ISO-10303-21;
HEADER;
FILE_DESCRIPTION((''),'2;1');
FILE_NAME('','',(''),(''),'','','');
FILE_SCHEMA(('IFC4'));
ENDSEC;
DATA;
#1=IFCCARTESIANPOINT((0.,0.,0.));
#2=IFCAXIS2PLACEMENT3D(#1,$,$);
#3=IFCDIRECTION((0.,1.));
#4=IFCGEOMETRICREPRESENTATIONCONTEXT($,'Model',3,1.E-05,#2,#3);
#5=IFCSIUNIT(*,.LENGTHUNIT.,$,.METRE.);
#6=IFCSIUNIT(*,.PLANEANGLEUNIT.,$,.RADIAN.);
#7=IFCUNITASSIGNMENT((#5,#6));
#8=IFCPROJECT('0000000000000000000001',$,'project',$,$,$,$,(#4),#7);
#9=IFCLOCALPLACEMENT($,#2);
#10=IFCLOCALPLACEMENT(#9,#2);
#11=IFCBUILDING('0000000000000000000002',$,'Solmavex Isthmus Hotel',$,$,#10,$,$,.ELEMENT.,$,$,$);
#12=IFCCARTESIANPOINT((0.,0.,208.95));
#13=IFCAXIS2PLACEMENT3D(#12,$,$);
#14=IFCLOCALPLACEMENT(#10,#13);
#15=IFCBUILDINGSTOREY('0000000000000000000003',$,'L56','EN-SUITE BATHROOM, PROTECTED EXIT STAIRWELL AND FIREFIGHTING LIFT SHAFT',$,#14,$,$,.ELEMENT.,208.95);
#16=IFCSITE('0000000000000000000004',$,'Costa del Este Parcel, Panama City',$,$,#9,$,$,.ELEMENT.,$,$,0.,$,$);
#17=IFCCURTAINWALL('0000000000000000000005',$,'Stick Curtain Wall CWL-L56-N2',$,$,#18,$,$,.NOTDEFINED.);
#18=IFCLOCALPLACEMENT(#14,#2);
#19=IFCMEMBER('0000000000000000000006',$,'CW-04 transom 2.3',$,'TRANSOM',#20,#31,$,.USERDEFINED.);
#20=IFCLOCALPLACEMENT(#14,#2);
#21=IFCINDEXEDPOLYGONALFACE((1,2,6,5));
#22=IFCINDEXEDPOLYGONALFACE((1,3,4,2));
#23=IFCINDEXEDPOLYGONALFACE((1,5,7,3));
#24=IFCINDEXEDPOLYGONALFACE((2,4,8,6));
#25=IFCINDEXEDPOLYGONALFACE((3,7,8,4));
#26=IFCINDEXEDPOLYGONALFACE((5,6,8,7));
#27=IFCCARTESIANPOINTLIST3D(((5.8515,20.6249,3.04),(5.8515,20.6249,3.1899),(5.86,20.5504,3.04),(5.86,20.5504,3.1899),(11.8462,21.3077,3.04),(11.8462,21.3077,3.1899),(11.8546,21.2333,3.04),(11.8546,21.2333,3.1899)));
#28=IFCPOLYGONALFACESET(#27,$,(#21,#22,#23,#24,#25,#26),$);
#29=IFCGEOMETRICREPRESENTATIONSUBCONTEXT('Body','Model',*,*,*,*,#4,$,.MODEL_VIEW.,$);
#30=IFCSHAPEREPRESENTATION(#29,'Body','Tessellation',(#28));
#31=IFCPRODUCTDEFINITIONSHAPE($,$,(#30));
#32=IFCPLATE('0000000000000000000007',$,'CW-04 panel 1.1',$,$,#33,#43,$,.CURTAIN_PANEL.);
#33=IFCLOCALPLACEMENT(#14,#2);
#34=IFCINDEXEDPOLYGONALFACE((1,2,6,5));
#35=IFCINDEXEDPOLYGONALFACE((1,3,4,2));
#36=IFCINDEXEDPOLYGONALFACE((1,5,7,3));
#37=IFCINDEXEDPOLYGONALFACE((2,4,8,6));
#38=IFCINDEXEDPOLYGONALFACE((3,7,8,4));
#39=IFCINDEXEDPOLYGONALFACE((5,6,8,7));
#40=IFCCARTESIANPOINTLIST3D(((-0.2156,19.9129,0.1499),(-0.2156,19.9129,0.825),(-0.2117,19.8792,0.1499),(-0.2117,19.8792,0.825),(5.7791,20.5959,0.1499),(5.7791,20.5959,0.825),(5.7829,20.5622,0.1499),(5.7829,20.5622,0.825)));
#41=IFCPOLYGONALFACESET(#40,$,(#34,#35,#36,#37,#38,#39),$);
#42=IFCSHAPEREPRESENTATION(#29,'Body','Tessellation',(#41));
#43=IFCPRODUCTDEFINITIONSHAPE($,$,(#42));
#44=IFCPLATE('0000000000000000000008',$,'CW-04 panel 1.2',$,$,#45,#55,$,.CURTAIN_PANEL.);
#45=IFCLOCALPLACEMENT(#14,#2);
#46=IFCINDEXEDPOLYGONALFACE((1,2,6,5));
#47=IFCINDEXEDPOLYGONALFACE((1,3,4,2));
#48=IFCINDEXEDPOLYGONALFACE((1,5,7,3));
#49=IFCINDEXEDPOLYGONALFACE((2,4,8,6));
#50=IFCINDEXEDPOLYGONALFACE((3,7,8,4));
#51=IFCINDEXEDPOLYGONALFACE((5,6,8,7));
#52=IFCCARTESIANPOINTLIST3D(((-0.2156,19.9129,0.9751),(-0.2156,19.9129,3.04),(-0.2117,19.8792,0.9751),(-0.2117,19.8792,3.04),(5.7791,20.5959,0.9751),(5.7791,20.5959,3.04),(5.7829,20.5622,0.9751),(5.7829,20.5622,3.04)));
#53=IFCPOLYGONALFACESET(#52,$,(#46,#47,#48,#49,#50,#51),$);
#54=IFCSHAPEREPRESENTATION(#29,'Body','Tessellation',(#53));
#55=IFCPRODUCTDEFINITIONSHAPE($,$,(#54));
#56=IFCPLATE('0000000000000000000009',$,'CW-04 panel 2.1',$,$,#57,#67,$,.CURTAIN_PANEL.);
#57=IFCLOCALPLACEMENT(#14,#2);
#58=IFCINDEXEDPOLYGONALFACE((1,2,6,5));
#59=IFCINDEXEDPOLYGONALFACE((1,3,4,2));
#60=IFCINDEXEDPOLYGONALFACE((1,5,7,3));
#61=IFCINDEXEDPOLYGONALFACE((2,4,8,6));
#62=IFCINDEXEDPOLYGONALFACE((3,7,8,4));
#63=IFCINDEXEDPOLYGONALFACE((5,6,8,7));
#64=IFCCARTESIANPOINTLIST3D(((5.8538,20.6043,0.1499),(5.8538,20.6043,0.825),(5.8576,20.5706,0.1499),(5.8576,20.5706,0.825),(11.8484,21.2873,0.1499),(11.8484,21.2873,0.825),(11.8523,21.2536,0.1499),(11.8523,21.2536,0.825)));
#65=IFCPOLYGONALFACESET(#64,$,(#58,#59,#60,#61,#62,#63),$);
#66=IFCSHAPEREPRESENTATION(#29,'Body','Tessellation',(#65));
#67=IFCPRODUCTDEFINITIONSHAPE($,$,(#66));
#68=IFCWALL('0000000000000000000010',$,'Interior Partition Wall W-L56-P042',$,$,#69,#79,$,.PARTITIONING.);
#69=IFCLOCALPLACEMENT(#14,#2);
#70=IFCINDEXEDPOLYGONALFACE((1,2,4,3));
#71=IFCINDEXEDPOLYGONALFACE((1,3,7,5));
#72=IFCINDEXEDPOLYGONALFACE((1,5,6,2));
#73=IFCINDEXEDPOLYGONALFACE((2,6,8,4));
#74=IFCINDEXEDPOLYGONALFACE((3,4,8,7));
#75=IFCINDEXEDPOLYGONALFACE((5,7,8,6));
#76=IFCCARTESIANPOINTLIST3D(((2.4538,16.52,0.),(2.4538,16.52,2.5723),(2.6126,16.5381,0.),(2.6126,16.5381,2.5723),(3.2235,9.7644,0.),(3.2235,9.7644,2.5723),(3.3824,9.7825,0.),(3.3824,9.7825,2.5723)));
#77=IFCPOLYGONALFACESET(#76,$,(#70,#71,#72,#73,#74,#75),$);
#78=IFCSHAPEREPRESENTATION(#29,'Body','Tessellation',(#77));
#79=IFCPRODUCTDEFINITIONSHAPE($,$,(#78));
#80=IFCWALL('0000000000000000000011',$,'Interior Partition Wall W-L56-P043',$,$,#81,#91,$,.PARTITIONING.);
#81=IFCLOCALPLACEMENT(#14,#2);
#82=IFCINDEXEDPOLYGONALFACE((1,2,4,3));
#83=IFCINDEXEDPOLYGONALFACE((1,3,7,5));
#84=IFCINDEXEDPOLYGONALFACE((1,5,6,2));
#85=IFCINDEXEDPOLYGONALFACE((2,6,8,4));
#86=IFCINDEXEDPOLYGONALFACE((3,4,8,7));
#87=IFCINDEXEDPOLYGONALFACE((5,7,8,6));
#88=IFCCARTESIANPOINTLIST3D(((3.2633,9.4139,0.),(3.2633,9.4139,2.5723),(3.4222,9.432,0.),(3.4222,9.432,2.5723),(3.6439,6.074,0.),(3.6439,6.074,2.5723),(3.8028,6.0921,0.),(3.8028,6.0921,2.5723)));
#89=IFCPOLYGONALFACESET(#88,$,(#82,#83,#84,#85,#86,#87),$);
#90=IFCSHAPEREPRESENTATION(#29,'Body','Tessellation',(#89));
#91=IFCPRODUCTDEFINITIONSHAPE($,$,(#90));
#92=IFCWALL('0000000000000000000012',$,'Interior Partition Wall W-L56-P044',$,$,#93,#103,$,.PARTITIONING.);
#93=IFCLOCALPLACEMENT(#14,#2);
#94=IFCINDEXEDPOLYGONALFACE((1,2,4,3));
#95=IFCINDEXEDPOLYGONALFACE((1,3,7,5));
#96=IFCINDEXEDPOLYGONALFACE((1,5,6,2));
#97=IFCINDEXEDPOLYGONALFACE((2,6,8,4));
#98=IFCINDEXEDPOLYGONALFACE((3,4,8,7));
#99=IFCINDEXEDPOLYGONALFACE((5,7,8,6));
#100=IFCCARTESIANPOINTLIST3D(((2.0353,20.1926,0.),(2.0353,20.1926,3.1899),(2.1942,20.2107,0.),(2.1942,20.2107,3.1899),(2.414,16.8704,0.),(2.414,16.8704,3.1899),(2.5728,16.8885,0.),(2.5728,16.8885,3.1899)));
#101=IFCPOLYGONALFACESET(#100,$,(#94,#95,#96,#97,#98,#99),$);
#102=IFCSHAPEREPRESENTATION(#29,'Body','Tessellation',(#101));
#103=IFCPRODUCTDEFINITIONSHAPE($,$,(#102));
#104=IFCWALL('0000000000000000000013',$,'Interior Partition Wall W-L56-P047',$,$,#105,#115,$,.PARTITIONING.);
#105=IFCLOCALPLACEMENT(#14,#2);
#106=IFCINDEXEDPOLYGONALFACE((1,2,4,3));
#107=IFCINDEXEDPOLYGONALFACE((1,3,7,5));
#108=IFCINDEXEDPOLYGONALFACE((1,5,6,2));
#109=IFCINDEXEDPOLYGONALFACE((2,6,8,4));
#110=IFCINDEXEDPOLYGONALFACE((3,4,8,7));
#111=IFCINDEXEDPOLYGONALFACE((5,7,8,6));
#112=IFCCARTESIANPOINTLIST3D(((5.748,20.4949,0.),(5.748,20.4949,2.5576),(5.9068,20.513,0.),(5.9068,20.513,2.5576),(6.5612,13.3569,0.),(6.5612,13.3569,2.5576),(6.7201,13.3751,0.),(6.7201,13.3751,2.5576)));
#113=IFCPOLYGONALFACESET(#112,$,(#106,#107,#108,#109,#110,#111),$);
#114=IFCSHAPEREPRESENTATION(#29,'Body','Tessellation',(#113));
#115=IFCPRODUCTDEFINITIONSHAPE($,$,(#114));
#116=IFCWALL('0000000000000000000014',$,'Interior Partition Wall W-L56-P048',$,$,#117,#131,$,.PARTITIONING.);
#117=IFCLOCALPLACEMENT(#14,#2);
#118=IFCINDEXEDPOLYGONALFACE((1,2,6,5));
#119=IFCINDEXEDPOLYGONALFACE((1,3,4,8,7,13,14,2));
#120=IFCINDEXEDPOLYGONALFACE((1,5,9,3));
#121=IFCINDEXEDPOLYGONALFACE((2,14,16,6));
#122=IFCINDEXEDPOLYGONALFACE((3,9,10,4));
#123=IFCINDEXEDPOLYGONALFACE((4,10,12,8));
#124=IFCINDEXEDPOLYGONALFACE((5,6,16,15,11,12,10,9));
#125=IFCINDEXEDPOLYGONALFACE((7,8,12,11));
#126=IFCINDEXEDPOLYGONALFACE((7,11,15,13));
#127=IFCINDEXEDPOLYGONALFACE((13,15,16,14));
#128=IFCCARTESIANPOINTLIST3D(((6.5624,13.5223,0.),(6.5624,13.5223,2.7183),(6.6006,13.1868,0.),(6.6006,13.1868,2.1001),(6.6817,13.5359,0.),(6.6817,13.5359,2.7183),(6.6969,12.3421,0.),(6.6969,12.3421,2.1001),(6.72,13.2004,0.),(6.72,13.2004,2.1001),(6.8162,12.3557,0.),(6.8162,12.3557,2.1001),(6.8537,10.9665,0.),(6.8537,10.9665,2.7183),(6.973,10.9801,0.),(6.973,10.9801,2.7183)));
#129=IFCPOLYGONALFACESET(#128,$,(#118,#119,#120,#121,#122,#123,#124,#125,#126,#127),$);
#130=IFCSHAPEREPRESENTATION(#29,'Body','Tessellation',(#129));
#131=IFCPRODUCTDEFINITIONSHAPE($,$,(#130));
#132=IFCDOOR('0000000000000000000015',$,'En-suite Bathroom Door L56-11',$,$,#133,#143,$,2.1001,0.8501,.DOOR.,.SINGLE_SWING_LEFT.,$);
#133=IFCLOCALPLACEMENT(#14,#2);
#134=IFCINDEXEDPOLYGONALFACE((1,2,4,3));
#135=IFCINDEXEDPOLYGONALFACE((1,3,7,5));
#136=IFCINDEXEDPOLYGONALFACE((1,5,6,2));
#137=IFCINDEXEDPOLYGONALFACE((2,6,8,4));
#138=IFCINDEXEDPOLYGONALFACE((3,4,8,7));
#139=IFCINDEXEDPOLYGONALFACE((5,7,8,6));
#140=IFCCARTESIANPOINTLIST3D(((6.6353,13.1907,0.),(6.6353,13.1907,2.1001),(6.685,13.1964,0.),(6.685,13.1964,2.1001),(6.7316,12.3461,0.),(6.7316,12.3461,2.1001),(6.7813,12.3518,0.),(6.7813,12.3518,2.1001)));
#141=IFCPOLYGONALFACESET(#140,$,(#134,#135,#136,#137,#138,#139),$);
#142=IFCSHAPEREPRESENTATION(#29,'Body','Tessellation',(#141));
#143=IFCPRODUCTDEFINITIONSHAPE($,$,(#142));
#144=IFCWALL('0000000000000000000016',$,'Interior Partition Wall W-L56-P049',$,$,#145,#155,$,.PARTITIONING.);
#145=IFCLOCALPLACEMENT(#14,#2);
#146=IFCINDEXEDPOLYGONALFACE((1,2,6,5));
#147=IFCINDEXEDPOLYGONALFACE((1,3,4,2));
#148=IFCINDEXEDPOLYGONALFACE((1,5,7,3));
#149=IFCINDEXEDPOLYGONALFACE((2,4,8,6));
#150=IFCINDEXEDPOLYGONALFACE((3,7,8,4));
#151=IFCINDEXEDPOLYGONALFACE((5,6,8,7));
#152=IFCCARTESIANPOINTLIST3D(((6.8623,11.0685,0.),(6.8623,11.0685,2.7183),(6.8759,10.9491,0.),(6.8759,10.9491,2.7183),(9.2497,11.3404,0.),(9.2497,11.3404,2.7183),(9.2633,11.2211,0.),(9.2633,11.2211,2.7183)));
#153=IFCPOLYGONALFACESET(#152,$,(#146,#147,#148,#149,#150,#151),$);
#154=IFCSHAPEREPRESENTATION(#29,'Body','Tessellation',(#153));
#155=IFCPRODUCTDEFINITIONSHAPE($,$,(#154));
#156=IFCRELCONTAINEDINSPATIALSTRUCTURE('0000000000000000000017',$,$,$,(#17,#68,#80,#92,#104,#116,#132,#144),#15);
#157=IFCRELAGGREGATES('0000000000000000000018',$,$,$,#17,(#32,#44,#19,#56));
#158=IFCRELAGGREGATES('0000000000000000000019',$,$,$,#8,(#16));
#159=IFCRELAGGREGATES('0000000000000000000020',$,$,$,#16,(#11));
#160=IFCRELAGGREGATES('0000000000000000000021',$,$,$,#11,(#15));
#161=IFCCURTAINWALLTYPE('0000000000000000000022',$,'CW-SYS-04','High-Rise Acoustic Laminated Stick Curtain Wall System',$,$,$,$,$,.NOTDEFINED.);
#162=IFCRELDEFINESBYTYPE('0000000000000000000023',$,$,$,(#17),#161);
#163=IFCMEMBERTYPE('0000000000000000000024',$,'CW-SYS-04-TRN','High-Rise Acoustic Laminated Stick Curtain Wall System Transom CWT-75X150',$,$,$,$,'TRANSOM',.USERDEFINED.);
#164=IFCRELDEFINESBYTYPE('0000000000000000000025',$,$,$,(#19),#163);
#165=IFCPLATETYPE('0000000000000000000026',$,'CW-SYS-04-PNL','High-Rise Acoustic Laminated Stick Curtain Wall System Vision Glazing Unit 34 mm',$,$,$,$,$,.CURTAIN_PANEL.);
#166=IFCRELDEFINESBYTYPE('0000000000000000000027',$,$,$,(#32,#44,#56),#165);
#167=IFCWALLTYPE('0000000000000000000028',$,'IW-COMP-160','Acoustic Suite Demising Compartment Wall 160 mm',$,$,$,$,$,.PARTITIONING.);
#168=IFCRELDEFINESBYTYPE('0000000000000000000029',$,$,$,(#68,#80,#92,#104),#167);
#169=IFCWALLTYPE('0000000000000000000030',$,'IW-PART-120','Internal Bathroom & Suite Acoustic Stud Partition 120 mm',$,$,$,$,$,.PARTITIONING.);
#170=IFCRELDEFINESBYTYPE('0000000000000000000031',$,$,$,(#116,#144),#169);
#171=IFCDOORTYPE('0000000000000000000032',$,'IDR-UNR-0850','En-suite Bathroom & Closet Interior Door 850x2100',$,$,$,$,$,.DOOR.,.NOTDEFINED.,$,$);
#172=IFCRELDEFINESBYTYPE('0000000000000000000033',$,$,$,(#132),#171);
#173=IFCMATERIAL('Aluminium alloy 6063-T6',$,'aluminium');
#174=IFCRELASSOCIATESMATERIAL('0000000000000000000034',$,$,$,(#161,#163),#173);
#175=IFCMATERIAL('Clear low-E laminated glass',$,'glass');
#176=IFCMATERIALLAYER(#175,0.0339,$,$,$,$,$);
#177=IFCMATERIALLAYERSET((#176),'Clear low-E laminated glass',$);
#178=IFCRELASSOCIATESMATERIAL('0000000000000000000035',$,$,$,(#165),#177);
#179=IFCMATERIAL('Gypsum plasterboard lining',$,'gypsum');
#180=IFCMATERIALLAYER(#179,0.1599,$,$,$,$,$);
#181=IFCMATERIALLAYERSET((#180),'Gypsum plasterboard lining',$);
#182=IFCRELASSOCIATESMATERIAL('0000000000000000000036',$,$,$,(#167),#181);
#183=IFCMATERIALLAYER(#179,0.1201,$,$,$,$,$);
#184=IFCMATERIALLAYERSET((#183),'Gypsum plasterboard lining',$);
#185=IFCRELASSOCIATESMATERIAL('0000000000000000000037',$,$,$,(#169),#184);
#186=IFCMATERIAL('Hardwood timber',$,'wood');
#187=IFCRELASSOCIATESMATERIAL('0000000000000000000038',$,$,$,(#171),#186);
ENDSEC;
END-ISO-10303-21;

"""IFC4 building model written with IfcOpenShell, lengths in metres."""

from ifc_helpers import new_model, si_unit, direction, frame, frame_2d, origin, origin_2d, place, context, subcontext, project, spatial, rectangle, extrude, material, layer, layer_set, material_profile, profile_set, type_object, element, fill, aggregate, save


model = new_model("IFC4")

# Units and contexts
model_context = context("Model", 3, precision=1e-05, world=origin(), true_north=direction((0.0, 1.0)))
body_context = subcontext(model_context, "Body", "Model", "MODEL_VIEW")
ifc_project = project(units=[si_unit("LENGTHUNIT", "METRE"), si_unit("PLANEANGLEUNIT", "RADIAN")], contexts=[model_context])

# Site, building, storey
site_placement = place(None, origin())
site = spatial("IfcSite", under=ifc_project, at=site_placement, Name="Costa del Este Parcel, Panama City", CompositionType="ELEMENT", RefElevation=0.0)
building_placement = place(site_placement, origin())
building = spatial("IfcBuilding", under=site, at=building_placement, Name="Solmavex Isthmus Hotel", CompositionType="ELEMENT")
storey_placement = place(building_placement, frame((0.0, 0.0, 208.95)))
storey = spatial("IfcBuildingStorey", under=building, at=storey_placement, Name="L56", Description="EN-SUITE BATHROOM, PROTECTED EXIT STAIRWELL AND FIREFIGHTING LIFT SHAFT", CompositionType="ELEMENT", Elevation=208.95)

# Curtain wall, member, plates
ifc_material_1 = material(Name="Aluminium alloy 6063-T6", Category="aluminium")
curtain_wall_type = type_object("IfcCurtainWallType", Name="CW-SYS-04", Description="High-Rise Acoustic Laminated Stick Curtain Wall System", PredefinedType="NOTDEFINED", material=ifc_material_1)
curtain_wall_placement = place(storey_placement, origin())
curtain_wall = element("IfcCurtainWall", 1, at=curtain_wall_placement, inside=storey, type_object=curtain_wall_type, Name="Stick Curtain Wall CWL-L56-N2", PredefinedType="NOTDEFINED")
ifc_material_profile_1 = material_profile(ifc_material_1, rectangle(XDim=0.075, YDim=0.1499, at=origin_2d()), Name="CWT-75X150")
ifc_profile_set_1 = profile_set([ifc_material_profile_1], Name="Aluminium alloy 6063-T6")
member_type_1 = type_object("IfcMemberType", Name="CW-SYS-04-TRN", Description="High-Rise Acoustic Laminated Stick Curtain Wall System Transom CWT-75X150", ElementType="TRANSOM", PredefinedType="USERDEFINED", material=ifc_profile_set_1)
member_1_placement = place(storey_placement, frame((5.8557, 20.5876, 3.115), z_axis=(0.993574, 0.11318, 0.0), x_axis=(-0.11318, 0.993574, 0.0)))
member_1 = element("IfcMember", 2, at=member_1_placement, type_object=member_type_1, Name="CW-04 transom 2.3", ObjectType="TRANSOM", PredefinedType="USERDEFINED", context=body_context, shape_type="SweptSolid", body=[
    extrude(rectangle(XDim=0.075, YDim=0.1499, at=origin_2d()), origin(), (0.0, 0.0, 1.0), 6.0334),
])
ifc_material_2 = material(Name="Clear low-E laminated glass", Category="glass")
ifc_layer_1 = layer(ifc_material_2, 0.0339)
ifc_layer_set_1 = layer_set([ifc_layer_1], Name="Clear low-E laminated glass")
plate_type = type_object("IfcPlateType", Name="CW-SYS-04-PNL", Description="High-Rise Acoustic Laminated Stick Curtain Wall System Vision Glazing Unit 34 mm", PredefinedType="CURTAIN_PANEL", material=ifc_layer_set_1)
plate_1_placement = place(storey_placement, frame((2.7837, 20.2375, 0.1499), z_axis=(0.0, 0.0, 1.0), x_axis=(0.993572, 0.113203, 0.0)))
plate_1 = element("IfcPlate", 3, at=plate_1_placement, type_object=plate_type, Name="CW-04 panel 1.1", PredefinedType="CURTAIN_PANEL", context=body_context, shape_type="SweptSolid", body=[
    extrude(rectangle(XDim=6.0334, YDim=0.0339, at=origin_2d()), origin(), (0.0, 0.0, 1.0), 0.675),
])
plate_2_placement = place(storey_placement, frame((2.7837, 20.2375, 0.9751), z_axis=(0.0, 0.0, 1.0), x_axis=(0.993572, 0.113203, 0.0)))
plate_2 = element("IfcPlate", 4, at=plate_2_placement, type_object=plate_type, Name="CW-04 panel 1.2", PredefinedType="CURTAIN_PANEL", context=body_context, shape_type="SweptSolid", body=[
    extrude(rectangle(XDim=6.0334, YDim=0.0339, at=origin_2d()), origin(), (0.0, 0.0, 1.0), 2.0649),
])
plate_3_placement = place(storey_placement, frame((8.853, 20.929, 0.1499), z_axis=(0.0, 0.0, 1.0), x_axis=(0.993572, 0.113203, 0.0)))
plate_3 = element("IfcPlate", 5, at=plate_3_placement, type_object=plate_type, Name="CW-04 panel 2.1", PredefinedType="CURTAIN_PANEL", context=body_context, shape_type="SweptSolid", body=[
    extrude(rectangle(XDim=6.0334, YDim=0.0339, at=origin_2d()), origin(), (0.0, 0.0, 1.0), 0.675),
])
aggregate(curtain_wall, [plate_1, plate_2, member_1, plate_3])

# Walls
ifc_material_3 = material(Name="Gypsum plasterboard lining", Category="gypsum")
ifc_layer_2 = layer(ifc_material_3, 0.1599)
ifc_layer_set_2 = layer_set([ifc_layer_2], Name="Gypsum plasterboard lining")
wall_type_1 = type_object("IfcWallType", Name="IW-COMP-160", Description="Acoustic Suite Demising Compartment Wall 160 mm", PredefinedType="PARTITIONING", material=ifc_layer_set_2)
wall_1_placement = place(storey_placement, frame((2.5332, 16.5291, 0.0), z_axis=(0.0, 0.0, 1.0), x_axis=(0.113213, -0.993571, 0.0)))
element("IfcWall", 6, at=wall_1_placement, inside=storey, type_object=wall_type_1, Name="Interior Partition Wall W-L56-P042", PredefinedType="PARTITIONING", context=body_context, shape_type="SweptSolid", body=[
    extrude(rectangle(XDim=6.7993, YDim=0.1599, at=frame_2d((3.3997, 0.0))), origin(), (0.0, 0.0, 1.0), 2.5723),
])
wall_2_placement = place(storey_placement, frame((3.3428, 9.4229, 0.0), z_axis=(0.0, 0.0, 1.0), x_axis=(0.113229, -0.993569, 0.0)))
element("IfcWall", 7, at=wall_2_placement, inside=storey, type_object=wall_type_1, Name="Interior Partition Wall W-L56-P043", PredefinedType="PARTITIONING", context=body_context, shape_type="SweptSolid", body=[
    extrude(rectangle(XDim=3.3616, YDim=0.1599, at=frame_2d((1.6807, 0.0))), origin(), (0.0, 0.0, 1.0), 2.5723),
])
wall_3_placement = place(storey_placement, frame((2.1147, 20.2017, 0.0), z_axis=(0.0, 0.0, 1.0), x_axis=(0.113244, -0.993567, 0.0)))
element("IfcWall", 8, at=wall_3_placement, inside=storey, type_object=wall_type_1, Name="Interior Partition Wall W-L56-P044", PredefinedType="PARTITIONING", context=body_context, shape_type="SweptSolid", body=[
    extrude(rectangle(XDim=3.3438, YDim=0.1599, at=frame_2d((1.6719, 0.0))), origin(), (0.0, 0.0, 1.0), 3.1899),
])

# Shared definitions
ifc_material_4 = material(Name="Hardwood timber", Category="wood")

# Wall
wall_4_placement = place(storey_placement, frame((5.8274, 20.5039, 0.0), z_axis=(0.0, 0.0, 1.0), x_axis=(0.113199, -0.993572, 0.0)))
element("IfcWall", 9, at=wall_4_placement, inside=storey, type_object=wall_type_1, Name="Interior Partition Wall W-L56-P047", PredefinedType="PARTITIONING", context=body_context, shape_type="SweptSolid", body=[
    extrude(rectangle(XDim=7.1841, YDim=0.1599, at=frame_2d((3.592, 0.0))), origin(), (0.0, 0.0, 1.0), 2.5576),
])

# Wall, opening, door
ifc_layer_3 = layer(ifc_material_3, 0.1201)
ifc_layer_set_3 = layer_set([ifc_layer_3], Name="Gypsum plasterboard lining")
wall_type_2 = type_object("IfcWallType", Name="IW-PART-120", Description="Internal Bathroom & Suite Acoustic Stud Partition 120 mm", PredefinedType="PARTITIONING", material=ifc_layer_set_3)
wall_5_placement = place(storey_placement, frame((6.6221, 13.5291, 0.0), z_axis=(0.0, 0.0, 1.0), x_axis=(0.113233, -0.993568, 0.0)))
wall_5 = element("IfcWall", 10, at=wall_5_placement, inside=storey, type_object=wall_type_2, Name="Interior Partition Wall W-L56-P048", PredefinedType="PARTITIONING", context=body_context, shape_type="SweptSolid", body=[
    extrude(rectangle(XDim=2.5723, YDim=0.1201, at=frame_2d((1.2861, 0.0))), origin(), (0.0, 0.0, 1.0), 2.7183),
])
opening_1_placement = place(wall_5_placement, frame((0.3376, 0.0, 0.0)))
opening_1 = element("IfcOpeningElement", 11, at=opening_1_placement, cuts=wall_5, PredefinedType="OPENING", context=body_context, shape_type="SweptSolid", body=[
    extrude(rectangle(XDim=0.8501, YDim=2.1001, at=frame_2d((0.425, 1.05))), frame((0.0, 0.0701, 0.0), z_axis=(0.0, -1.0, 0.0), x_axis=(1.0, 0.0, 0.0)), (0.0, 0.0, 1.0), 0.1401),
])
door_type_1 = type_object("IfcDoorType", Name="IDR-UNR-0850", Description="En-suite Bathroom & Closet Interior Door 850x2100", OperationType="NOTDEFINED", PredefinedType="DOOR", material=ifc_material_4)
door_1_placement = place(opening_1_placement, origin())
door_1 = element("IfcDoor", 12, at=door_1_placement, inside=storey, type_object=door_type_1, Name="En-suite Bathroom Door L56-11", OperationType="SINGLE_SWING_LEFT", OverallHeight=2.1001, OverallWidth=0.8501, PredefinedType="DOOR", context=body_context, shape_type="SweptSolid", body=[
    extrude(rectangle(XDim=0.8501, YDim=2.1001, at=frame_2d((0.425, 1.05))), frame((0.0, 0.0249, 0.0), z_axis=(0.0, -1.0, 0.0), x_axis=(1.0, 0.0, 0.0)), (0.0, 0.0, 1.0), 0.05),
])
fill(opening_1, door_1)

# Wall
wall_6_placement = place(storey_placement, frame((6.8691, 11.0088, 0.0), z_axis=(0.0, 0.0, 1.0), x_axis=(0.993574, 0.113186, 0.0)))
element("IfcWall", 13, at=wall_6_placement, inside=storey, type_object=wall_type_2, Name="Interior Partition Wall W-L56-P049", PredefinedType="PARTITIONING", context=body_context, shape_type="SweptSolid", body=[
    extrude(rectangle(XDim=2.4028, YDim=0.1201, at=frame_2d((1.2014, 0.0))), origin(), (0.0, 0.0, 1.0), 2.7183),
])

save(model, "model.ifc")
